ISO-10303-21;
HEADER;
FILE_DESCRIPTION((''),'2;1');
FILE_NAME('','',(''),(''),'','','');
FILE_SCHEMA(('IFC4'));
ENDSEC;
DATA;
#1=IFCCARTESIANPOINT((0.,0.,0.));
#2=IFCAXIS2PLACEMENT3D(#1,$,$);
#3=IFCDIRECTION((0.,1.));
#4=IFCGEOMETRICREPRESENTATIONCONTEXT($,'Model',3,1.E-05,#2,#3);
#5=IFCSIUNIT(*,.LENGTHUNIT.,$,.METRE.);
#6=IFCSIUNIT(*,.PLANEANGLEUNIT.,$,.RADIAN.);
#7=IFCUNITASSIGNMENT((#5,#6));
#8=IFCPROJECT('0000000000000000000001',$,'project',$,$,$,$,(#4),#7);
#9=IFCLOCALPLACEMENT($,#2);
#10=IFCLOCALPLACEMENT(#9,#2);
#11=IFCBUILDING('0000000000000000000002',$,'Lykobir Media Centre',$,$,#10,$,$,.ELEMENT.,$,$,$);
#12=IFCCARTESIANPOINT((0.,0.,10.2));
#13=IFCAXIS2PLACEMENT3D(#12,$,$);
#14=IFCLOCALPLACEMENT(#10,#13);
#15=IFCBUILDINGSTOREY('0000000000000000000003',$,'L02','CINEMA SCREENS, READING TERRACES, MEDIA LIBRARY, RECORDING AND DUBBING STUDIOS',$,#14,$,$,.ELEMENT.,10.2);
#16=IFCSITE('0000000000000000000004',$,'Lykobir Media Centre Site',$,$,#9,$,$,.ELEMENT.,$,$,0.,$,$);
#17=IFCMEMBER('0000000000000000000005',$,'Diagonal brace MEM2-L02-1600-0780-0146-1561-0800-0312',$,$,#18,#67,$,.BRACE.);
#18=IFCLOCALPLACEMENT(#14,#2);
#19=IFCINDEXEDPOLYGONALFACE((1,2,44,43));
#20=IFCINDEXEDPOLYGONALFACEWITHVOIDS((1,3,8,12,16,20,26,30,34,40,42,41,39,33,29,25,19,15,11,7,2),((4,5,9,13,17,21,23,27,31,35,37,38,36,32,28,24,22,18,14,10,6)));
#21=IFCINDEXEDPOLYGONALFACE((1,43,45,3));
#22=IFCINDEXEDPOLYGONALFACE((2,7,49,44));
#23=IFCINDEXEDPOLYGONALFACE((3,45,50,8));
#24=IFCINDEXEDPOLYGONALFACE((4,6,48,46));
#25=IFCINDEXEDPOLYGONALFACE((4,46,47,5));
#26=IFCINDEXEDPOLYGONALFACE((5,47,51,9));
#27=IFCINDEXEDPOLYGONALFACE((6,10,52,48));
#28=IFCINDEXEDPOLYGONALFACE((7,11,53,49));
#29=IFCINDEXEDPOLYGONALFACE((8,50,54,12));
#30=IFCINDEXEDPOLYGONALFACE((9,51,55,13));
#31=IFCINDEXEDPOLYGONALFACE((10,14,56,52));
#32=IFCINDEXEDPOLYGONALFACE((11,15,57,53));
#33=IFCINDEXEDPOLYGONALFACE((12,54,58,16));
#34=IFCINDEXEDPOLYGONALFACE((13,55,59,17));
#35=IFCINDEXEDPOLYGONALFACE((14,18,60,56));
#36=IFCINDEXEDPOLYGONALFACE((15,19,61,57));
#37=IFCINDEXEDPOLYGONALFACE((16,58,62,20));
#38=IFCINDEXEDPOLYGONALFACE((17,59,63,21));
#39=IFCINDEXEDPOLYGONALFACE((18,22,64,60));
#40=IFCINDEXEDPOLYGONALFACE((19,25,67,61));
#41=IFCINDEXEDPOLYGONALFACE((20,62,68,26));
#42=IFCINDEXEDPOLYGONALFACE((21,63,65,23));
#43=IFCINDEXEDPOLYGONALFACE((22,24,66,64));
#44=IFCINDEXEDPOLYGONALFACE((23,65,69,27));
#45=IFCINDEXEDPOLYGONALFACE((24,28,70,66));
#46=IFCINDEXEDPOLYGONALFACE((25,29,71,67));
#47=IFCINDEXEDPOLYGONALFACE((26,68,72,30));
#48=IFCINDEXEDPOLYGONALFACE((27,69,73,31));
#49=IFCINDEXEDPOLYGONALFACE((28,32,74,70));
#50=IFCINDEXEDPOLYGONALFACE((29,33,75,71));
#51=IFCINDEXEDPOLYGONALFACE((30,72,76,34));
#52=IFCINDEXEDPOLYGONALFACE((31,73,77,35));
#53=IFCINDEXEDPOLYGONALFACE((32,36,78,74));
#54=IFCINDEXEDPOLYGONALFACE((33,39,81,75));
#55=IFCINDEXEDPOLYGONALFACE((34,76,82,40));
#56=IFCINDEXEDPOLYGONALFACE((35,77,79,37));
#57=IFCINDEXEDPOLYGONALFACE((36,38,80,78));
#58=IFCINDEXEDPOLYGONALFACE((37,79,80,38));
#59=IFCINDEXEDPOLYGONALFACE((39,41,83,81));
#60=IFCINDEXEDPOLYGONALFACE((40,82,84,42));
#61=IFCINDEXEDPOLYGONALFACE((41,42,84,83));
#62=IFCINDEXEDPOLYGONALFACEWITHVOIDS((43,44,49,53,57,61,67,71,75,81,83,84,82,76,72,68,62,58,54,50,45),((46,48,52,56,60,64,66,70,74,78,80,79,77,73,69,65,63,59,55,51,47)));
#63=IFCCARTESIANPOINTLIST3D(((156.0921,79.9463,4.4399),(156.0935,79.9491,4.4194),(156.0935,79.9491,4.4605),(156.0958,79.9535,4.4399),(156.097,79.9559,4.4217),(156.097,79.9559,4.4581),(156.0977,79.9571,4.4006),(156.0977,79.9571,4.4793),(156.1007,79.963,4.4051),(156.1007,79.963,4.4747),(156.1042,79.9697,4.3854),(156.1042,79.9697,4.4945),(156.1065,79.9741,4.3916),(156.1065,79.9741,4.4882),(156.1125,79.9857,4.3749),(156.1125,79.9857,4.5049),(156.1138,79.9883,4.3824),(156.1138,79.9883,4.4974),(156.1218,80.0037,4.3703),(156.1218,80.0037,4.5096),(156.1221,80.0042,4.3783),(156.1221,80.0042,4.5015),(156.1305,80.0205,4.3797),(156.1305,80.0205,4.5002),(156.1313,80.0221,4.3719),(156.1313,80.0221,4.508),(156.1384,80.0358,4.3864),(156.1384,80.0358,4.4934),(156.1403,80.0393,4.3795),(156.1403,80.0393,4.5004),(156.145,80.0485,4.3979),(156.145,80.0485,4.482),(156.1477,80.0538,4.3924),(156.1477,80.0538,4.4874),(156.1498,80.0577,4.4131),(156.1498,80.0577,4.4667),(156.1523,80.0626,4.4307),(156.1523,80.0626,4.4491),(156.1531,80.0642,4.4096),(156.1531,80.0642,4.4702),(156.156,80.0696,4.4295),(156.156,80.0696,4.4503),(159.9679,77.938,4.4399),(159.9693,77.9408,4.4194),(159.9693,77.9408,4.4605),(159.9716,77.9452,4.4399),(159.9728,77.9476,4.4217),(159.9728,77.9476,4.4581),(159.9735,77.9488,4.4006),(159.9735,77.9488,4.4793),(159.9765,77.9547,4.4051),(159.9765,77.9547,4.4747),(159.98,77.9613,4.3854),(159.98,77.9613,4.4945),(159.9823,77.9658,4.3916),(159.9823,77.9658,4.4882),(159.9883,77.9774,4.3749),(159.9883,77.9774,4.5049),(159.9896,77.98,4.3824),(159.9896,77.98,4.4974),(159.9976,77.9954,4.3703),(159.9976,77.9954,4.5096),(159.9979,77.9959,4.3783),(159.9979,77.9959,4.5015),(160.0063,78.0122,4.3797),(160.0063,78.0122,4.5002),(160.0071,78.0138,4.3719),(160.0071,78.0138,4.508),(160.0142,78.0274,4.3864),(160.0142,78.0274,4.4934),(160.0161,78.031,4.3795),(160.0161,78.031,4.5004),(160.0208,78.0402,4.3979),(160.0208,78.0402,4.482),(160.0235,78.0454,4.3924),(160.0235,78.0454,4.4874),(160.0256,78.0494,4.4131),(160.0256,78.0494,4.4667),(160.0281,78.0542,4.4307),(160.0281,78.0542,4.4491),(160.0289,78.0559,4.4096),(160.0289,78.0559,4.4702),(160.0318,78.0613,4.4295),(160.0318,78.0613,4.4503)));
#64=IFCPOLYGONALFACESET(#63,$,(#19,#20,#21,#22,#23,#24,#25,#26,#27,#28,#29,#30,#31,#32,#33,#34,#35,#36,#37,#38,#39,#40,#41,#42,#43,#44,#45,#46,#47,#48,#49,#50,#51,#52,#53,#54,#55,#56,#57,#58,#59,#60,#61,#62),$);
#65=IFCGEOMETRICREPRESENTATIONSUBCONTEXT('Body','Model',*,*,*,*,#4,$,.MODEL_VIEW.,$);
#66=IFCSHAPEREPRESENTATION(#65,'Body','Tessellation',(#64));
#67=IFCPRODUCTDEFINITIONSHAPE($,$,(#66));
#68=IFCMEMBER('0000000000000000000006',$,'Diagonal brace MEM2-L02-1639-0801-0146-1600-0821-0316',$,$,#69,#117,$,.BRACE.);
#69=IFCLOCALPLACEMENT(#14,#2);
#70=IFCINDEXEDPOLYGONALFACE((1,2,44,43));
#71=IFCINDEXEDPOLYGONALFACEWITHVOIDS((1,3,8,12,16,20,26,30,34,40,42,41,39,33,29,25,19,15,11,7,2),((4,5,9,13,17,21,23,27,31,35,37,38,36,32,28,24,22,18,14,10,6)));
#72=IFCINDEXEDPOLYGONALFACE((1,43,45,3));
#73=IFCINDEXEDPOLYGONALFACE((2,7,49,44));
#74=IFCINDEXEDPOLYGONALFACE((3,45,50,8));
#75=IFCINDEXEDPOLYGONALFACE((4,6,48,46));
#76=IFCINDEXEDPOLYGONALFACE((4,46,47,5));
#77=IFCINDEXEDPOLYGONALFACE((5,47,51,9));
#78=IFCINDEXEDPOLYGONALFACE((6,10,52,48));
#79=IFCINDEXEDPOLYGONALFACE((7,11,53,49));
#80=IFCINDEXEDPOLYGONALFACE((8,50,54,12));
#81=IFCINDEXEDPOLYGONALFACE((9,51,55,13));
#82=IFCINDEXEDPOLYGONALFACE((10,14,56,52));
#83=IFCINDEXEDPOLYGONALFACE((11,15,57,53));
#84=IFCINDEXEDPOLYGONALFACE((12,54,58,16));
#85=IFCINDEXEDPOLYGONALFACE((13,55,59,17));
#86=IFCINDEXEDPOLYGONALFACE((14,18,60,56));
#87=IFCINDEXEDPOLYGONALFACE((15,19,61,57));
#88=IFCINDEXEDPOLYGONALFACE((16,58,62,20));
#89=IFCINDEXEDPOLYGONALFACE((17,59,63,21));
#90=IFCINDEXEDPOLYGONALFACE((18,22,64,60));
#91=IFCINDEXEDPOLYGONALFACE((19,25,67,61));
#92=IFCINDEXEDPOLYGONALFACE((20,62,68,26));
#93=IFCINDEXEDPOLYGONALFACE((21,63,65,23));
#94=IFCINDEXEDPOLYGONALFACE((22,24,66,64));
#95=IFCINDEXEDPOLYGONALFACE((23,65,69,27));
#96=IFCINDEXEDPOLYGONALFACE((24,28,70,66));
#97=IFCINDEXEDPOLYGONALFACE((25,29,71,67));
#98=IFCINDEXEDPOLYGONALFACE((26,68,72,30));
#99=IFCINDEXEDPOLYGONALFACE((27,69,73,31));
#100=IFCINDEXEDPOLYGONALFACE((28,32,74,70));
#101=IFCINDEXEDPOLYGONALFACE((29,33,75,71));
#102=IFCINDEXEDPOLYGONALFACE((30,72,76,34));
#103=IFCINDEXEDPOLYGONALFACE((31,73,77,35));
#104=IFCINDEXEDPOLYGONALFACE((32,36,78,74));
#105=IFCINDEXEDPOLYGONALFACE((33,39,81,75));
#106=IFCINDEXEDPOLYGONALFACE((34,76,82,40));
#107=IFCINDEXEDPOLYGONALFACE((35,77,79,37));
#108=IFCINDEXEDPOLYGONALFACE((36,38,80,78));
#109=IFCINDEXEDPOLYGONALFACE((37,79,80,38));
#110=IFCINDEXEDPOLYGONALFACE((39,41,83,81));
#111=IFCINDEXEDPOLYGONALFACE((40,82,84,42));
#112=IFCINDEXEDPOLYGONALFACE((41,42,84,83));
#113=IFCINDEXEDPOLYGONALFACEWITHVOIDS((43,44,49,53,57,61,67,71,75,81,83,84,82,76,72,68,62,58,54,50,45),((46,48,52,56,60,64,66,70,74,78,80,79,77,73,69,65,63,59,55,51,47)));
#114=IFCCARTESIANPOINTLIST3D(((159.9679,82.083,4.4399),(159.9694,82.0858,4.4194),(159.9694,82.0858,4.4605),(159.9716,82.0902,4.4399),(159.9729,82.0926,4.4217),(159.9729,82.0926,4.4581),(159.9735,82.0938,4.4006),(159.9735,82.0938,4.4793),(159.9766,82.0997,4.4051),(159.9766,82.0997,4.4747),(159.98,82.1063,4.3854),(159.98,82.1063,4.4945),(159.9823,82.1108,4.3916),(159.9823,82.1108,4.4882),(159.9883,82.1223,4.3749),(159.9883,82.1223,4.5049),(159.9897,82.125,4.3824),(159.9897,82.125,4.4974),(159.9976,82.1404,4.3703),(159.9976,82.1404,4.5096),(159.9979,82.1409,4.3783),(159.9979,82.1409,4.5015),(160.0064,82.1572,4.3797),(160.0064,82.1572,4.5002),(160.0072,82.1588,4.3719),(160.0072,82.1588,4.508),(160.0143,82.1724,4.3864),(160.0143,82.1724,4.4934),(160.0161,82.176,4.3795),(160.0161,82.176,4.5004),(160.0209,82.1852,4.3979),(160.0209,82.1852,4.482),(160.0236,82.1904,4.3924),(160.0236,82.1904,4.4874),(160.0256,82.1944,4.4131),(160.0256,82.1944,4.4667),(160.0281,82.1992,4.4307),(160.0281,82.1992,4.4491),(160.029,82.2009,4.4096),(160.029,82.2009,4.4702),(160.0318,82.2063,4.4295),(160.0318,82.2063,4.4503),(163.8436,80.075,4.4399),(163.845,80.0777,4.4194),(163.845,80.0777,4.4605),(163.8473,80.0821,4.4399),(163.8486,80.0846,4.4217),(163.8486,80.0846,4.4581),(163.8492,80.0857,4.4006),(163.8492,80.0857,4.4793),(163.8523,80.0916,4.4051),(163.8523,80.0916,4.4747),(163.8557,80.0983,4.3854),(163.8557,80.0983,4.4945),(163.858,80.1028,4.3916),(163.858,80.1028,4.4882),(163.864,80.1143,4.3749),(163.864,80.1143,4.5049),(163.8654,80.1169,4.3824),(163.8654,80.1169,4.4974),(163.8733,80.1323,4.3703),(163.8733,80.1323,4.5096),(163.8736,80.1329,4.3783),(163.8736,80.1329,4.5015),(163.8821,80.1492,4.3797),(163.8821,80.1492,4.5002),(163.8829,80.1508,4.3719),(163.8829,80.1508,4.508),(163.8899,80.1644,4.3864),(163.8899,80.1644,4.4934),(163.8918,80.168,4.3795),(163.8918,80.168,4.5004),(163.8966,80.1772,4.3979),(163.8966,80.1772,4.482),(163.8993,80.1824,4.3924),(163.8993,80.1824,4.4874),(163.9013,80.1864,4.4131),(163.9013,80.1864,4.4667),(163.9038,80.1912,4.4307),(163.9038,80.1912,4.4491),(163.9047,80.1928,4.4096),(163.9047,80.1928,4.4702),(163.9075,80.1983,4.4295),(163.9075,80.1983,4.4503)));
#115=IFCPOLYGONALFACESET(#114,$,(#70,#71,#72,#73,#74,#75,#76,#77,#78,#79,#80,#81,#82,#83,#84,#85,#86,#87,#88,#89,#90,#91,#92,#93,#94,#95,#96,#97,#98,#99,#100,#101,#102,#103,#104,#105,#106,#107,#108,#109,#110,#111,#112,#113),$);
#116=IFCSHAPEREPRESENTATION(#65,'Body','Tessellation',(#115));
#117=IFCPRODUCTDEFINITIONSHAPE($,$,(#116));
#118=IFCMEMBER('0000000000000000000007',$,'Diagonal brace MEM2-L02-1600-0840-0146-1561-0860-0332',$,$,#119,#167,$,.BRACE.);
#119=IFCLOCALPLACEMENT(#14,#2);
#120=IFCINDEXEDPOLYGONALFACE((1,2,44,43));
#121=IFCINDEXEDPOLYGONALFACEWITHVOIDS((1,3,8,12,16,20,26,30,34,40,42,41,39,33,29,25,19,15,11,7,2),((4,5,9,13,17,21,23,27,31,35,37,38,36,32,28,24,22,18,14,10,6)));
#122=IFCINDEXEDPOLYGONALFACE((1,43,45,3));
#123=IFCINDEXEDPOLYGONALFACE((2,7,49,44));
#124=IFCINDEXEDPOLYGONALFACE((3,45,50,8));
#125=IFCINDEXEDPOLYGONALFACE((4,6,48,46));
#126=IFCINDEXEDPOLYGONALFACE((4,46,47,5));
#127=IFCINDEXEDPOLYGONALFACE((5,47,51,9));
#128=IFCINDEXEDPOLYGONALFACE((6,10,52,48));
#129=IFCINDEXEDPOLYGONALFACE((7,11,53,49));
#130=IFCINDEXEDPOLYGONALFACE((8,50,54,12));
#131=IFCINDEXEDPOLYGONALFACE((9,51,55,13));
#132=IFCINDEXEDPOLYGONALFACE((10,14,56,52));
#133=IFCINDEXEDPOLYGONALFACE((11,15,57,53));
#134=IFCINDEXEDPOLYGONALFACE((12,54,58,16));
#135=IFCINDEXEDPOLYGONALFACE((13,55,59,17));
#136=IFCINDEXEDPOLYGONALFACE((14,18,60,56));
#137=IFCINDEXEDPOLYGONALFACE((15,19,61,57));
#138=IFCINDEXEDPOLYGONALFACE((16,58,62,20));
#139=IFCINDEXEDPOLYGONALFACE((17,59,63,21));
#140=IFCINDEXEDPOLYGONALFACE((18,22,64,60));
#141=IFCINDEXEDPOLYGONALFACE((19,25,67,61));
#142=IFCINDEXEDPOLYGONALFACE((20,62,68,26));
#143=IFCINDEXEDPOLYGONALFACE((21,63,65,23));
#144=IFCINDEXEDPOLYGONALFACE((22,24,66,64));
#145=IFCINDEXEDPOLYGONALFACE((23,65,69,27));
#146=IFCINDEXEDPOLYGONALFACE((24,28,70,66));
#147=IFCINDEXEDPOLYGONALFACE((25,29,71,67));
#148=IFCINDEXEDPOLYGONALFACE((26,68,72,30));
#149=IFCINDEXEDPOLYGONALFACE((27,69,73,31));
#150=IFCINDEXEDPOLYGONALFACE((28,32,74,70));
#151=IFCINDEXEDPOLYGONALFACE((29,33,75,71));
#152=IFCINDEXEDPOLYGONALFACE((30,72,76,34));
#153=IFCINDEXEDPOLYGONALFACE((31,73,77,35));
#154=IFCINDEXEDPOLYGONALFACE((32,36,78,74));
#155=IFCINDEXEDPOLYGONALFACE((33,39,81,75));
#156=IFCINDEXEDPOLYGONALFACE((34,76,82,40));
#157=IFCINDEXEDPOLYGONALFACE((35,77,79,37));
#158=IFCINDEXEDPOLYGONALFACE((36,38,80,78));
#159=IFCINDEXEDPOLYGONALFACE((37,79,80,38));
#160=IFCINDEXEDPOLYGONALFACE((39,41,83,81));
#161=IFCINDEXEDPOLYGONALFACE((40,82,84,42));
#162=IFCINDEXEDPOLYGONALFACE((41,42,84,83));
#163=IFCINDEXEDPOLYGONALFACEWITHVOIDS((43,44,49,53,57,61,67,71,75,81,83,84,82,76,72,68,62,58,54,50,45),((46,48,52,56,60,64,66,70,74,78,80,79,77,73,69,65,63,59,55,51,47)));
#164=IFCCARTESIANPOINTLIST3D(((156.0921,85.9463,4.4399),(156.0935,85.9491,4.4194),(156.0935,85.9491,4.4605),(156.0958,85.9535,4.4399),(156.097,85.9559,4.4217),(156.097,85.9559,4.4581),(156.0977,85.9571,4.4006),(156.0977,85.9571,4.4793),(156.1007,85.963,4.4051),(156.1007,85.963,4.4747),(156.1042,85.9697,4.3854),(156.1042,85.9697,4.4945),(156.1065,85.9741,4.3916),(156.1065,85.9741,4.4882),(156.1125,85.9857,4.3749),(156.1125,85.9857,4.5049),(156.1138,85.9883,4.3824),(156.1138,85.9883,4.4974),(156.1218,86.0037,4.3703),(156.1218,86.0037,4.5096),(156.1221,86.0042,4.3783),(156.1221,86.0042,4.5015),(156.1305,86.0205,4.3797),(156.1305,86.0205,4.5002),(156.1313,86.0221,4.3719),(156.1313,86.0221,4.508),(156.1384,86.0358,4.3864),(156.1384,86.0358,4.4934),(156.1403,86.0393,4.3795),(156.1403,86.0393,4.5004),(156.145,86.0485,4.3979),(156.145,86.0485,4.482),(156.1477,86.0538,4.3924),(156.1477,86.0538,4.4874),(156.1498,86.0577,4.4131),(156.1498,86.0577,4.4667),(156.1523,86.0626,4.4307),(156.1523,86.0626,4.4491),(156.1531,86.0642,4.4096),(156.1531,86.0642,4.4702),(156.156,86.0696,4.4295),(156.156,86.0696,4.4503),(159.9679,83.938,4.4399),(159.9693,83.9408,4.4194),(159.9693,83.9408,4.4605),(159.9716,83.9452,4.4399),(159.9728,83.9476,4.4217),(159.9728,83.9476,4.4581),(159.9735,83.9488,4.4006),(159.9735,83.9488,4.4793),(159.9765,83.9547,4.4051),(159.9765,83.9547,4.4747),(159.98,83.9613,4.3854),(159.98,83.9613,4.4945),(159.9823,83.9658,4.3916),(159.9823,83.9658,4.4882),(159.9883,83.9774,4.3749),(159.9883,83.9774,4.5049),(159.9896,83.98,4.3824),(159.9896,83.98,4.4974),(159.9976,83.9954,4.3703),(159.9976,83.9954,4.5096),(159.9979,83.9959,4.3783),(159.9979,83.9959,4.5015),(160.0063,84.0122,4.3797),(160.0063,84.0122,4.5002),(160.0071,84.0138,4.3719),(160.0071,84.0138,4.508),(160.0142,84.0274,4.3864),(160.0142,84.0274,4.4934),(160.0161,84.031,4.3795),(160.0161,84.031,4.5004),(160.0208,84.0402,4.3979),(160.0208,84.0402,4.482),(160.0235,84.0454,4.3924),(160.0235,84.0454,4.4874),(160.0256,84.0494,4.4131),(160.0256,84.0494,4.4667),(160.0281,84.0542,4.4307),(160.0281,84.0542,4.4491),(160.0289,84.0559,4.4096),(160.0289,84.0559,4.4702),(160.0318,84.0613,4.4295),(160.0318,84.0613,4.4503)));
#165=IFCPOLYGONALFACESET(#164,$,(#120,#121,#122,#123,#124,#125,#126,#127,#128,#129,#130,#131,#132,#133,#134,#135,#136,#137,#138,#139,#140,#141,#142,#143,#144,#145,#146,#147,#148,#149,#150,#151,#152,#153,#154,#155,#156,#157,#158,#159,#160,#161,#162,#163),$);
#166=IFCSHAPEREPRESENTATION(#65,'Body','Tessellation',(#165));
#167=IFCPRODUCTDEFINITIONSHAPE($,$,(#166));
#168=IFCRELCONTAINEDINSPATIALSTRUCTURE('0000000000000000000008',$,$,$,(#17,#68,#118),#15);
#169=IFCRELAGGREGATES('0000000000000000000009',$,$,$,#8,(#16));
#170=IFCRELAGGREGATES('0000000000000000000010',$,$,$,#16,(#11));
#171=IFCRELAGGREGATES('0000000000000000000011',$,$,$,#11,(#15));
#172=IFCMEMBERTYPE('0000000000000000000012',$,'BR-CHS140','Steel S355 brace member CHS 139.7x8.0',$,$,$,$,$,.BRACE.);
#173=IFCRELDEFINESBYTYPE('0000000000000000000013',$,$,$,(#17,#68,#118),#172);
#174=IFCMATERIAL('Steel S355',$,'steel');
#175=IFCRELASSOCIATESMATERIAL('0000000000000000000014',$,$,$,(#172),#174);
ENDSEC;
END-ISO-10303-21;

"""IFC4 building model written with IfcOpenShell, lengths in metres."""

from ifc_helpers import new_model, si_unit, direction, frame, origin, origin_2d, place, context, subcontext, project, spatial, hollow_circle, extrude, material, material_profile, profile_set, type_object, element, save


model = new_model("IFC4")

# Units and contexts
model_context = context("Model", 3, precision=1e-05, world=origin(), true_north=direction((0.0, 1.0)))
body_context = subcontext(model_context, "Body", "Model", "MODEL_VIEW")
ifc_project = project(units=[si_unit("LENGTHUNIT", "METRE"), si_unit("PLANEANGLEUNIT", "RADIAN")], contexts=[model_context])

# Site, building, storey
site_placement = place(None, origin())
site = spatial("IfcSite", under=ifc_project, at=site_placement, Name="Lykobir Media Centre Site", CompositionType="ELEMENT", RefElevation=0.0)
building_placement = place(site_placement, origin())
building = spatial("IfcBuilding", under=site, at=building_placement, Name="Lykobir Media Centre", CompositionType="ELEMENT")
storey_placement = place(building_placement, frame((0.0, 0.0, 10.2)))
storey = spatial("IfcBuildingStorey", under=building, at=storey_placement, Name="L02", Description="CINEMA SCREENS, READING TERRACES, MEDIA LIBRARY, RECORDING AND DUBBING STUDIOS", CompositionType="ELEMENT", Elevation=10.2)

# Members
ifc_material_1 = material(Name="Steel S355", Category="steel")
ifc_material_profile_1 = material_profile(ifc_material_1, hollow_circle(Radius=0.0698, WallThickness=0.0081, at=origin_2d()), Name="CHS 139.7x8.0")
ifc_profile_set_1 = profile_set([ifc_material_profile_1], Name="Steel S355")
member_type_1 = type_object("IfcMemberType", Name="BR-CHS140", Description="Steel S355 brace member CHS 139.7x8.0", PredefinedType="BRACE", material=ifc_profile_set_1)
member_1_placement = place(storey_placement, frame((160.0, 78.0, 4.4399), z_axis=(-0.88788, 0.460076, 0.0), x_axis=(-0.460076, -0.88788, 0.0)))
element("IfcMember", 1, at=member_1_placement, inside=storey, type_object=member_type_1, Name="Diagonal brace MEM2-L02-1600-0780-0146-1561-0800-0312", PredefinedType="BRACE", context=body_context, shape_type="SweptSolid", body=[
    extrude(hollow_circle(Radius=0.0698, WallThickness=0.0081, at=origin_2d()), origin(), (0.0, 0.0, 1.0), 4.3652),
])
member_2_placement = place(storey_placement, frame((163.8757, 80.137, 4.4399), z_axis=(-0.887903, 0.460031, 0.0), x_axis=(-0.460031, -0.887903, 0.0)))
element("IfcMember", 2, at=member_2_placement, inside=storey, type_object=member_type_1, Name="Diagonal brace MEM2-L02-1639-0801-0146-1600-0821-0316", PredefinedType="BRACE", context=body_context, shape_type="SweptSolid", body=[
    extrude(hollow_circle(Radius=0.0698, WallThickness=0.0081, at=origin_2d()), origin(), (0.0, 0.0, 1.0), 4.365),
])
member_3_placement = place(storey_placement, frame((160.0, 84.0, 4.4399), z_axis=(-0.88788, 0.460076, 0.0), x_axis=(-0.460076, -0.88788, 0.0)))
element("IfcMember", 3, at=member_3_placement, inside=storey, type_object=member_type_1, Name="Diagonal brace MEM2-L02-1600-0840-0146-1561-0860-0332", PredefinedType="BRACE", context=body_context, shape_type="SweptSolid", body=[
    extrude(hollow_circle(Radius=0.0698, WallThickness=0.0081, at=origin_2d()), origin(), (0.0, 0.0, 1.0), 4.3652),
])

save(model, "model.ifc")
